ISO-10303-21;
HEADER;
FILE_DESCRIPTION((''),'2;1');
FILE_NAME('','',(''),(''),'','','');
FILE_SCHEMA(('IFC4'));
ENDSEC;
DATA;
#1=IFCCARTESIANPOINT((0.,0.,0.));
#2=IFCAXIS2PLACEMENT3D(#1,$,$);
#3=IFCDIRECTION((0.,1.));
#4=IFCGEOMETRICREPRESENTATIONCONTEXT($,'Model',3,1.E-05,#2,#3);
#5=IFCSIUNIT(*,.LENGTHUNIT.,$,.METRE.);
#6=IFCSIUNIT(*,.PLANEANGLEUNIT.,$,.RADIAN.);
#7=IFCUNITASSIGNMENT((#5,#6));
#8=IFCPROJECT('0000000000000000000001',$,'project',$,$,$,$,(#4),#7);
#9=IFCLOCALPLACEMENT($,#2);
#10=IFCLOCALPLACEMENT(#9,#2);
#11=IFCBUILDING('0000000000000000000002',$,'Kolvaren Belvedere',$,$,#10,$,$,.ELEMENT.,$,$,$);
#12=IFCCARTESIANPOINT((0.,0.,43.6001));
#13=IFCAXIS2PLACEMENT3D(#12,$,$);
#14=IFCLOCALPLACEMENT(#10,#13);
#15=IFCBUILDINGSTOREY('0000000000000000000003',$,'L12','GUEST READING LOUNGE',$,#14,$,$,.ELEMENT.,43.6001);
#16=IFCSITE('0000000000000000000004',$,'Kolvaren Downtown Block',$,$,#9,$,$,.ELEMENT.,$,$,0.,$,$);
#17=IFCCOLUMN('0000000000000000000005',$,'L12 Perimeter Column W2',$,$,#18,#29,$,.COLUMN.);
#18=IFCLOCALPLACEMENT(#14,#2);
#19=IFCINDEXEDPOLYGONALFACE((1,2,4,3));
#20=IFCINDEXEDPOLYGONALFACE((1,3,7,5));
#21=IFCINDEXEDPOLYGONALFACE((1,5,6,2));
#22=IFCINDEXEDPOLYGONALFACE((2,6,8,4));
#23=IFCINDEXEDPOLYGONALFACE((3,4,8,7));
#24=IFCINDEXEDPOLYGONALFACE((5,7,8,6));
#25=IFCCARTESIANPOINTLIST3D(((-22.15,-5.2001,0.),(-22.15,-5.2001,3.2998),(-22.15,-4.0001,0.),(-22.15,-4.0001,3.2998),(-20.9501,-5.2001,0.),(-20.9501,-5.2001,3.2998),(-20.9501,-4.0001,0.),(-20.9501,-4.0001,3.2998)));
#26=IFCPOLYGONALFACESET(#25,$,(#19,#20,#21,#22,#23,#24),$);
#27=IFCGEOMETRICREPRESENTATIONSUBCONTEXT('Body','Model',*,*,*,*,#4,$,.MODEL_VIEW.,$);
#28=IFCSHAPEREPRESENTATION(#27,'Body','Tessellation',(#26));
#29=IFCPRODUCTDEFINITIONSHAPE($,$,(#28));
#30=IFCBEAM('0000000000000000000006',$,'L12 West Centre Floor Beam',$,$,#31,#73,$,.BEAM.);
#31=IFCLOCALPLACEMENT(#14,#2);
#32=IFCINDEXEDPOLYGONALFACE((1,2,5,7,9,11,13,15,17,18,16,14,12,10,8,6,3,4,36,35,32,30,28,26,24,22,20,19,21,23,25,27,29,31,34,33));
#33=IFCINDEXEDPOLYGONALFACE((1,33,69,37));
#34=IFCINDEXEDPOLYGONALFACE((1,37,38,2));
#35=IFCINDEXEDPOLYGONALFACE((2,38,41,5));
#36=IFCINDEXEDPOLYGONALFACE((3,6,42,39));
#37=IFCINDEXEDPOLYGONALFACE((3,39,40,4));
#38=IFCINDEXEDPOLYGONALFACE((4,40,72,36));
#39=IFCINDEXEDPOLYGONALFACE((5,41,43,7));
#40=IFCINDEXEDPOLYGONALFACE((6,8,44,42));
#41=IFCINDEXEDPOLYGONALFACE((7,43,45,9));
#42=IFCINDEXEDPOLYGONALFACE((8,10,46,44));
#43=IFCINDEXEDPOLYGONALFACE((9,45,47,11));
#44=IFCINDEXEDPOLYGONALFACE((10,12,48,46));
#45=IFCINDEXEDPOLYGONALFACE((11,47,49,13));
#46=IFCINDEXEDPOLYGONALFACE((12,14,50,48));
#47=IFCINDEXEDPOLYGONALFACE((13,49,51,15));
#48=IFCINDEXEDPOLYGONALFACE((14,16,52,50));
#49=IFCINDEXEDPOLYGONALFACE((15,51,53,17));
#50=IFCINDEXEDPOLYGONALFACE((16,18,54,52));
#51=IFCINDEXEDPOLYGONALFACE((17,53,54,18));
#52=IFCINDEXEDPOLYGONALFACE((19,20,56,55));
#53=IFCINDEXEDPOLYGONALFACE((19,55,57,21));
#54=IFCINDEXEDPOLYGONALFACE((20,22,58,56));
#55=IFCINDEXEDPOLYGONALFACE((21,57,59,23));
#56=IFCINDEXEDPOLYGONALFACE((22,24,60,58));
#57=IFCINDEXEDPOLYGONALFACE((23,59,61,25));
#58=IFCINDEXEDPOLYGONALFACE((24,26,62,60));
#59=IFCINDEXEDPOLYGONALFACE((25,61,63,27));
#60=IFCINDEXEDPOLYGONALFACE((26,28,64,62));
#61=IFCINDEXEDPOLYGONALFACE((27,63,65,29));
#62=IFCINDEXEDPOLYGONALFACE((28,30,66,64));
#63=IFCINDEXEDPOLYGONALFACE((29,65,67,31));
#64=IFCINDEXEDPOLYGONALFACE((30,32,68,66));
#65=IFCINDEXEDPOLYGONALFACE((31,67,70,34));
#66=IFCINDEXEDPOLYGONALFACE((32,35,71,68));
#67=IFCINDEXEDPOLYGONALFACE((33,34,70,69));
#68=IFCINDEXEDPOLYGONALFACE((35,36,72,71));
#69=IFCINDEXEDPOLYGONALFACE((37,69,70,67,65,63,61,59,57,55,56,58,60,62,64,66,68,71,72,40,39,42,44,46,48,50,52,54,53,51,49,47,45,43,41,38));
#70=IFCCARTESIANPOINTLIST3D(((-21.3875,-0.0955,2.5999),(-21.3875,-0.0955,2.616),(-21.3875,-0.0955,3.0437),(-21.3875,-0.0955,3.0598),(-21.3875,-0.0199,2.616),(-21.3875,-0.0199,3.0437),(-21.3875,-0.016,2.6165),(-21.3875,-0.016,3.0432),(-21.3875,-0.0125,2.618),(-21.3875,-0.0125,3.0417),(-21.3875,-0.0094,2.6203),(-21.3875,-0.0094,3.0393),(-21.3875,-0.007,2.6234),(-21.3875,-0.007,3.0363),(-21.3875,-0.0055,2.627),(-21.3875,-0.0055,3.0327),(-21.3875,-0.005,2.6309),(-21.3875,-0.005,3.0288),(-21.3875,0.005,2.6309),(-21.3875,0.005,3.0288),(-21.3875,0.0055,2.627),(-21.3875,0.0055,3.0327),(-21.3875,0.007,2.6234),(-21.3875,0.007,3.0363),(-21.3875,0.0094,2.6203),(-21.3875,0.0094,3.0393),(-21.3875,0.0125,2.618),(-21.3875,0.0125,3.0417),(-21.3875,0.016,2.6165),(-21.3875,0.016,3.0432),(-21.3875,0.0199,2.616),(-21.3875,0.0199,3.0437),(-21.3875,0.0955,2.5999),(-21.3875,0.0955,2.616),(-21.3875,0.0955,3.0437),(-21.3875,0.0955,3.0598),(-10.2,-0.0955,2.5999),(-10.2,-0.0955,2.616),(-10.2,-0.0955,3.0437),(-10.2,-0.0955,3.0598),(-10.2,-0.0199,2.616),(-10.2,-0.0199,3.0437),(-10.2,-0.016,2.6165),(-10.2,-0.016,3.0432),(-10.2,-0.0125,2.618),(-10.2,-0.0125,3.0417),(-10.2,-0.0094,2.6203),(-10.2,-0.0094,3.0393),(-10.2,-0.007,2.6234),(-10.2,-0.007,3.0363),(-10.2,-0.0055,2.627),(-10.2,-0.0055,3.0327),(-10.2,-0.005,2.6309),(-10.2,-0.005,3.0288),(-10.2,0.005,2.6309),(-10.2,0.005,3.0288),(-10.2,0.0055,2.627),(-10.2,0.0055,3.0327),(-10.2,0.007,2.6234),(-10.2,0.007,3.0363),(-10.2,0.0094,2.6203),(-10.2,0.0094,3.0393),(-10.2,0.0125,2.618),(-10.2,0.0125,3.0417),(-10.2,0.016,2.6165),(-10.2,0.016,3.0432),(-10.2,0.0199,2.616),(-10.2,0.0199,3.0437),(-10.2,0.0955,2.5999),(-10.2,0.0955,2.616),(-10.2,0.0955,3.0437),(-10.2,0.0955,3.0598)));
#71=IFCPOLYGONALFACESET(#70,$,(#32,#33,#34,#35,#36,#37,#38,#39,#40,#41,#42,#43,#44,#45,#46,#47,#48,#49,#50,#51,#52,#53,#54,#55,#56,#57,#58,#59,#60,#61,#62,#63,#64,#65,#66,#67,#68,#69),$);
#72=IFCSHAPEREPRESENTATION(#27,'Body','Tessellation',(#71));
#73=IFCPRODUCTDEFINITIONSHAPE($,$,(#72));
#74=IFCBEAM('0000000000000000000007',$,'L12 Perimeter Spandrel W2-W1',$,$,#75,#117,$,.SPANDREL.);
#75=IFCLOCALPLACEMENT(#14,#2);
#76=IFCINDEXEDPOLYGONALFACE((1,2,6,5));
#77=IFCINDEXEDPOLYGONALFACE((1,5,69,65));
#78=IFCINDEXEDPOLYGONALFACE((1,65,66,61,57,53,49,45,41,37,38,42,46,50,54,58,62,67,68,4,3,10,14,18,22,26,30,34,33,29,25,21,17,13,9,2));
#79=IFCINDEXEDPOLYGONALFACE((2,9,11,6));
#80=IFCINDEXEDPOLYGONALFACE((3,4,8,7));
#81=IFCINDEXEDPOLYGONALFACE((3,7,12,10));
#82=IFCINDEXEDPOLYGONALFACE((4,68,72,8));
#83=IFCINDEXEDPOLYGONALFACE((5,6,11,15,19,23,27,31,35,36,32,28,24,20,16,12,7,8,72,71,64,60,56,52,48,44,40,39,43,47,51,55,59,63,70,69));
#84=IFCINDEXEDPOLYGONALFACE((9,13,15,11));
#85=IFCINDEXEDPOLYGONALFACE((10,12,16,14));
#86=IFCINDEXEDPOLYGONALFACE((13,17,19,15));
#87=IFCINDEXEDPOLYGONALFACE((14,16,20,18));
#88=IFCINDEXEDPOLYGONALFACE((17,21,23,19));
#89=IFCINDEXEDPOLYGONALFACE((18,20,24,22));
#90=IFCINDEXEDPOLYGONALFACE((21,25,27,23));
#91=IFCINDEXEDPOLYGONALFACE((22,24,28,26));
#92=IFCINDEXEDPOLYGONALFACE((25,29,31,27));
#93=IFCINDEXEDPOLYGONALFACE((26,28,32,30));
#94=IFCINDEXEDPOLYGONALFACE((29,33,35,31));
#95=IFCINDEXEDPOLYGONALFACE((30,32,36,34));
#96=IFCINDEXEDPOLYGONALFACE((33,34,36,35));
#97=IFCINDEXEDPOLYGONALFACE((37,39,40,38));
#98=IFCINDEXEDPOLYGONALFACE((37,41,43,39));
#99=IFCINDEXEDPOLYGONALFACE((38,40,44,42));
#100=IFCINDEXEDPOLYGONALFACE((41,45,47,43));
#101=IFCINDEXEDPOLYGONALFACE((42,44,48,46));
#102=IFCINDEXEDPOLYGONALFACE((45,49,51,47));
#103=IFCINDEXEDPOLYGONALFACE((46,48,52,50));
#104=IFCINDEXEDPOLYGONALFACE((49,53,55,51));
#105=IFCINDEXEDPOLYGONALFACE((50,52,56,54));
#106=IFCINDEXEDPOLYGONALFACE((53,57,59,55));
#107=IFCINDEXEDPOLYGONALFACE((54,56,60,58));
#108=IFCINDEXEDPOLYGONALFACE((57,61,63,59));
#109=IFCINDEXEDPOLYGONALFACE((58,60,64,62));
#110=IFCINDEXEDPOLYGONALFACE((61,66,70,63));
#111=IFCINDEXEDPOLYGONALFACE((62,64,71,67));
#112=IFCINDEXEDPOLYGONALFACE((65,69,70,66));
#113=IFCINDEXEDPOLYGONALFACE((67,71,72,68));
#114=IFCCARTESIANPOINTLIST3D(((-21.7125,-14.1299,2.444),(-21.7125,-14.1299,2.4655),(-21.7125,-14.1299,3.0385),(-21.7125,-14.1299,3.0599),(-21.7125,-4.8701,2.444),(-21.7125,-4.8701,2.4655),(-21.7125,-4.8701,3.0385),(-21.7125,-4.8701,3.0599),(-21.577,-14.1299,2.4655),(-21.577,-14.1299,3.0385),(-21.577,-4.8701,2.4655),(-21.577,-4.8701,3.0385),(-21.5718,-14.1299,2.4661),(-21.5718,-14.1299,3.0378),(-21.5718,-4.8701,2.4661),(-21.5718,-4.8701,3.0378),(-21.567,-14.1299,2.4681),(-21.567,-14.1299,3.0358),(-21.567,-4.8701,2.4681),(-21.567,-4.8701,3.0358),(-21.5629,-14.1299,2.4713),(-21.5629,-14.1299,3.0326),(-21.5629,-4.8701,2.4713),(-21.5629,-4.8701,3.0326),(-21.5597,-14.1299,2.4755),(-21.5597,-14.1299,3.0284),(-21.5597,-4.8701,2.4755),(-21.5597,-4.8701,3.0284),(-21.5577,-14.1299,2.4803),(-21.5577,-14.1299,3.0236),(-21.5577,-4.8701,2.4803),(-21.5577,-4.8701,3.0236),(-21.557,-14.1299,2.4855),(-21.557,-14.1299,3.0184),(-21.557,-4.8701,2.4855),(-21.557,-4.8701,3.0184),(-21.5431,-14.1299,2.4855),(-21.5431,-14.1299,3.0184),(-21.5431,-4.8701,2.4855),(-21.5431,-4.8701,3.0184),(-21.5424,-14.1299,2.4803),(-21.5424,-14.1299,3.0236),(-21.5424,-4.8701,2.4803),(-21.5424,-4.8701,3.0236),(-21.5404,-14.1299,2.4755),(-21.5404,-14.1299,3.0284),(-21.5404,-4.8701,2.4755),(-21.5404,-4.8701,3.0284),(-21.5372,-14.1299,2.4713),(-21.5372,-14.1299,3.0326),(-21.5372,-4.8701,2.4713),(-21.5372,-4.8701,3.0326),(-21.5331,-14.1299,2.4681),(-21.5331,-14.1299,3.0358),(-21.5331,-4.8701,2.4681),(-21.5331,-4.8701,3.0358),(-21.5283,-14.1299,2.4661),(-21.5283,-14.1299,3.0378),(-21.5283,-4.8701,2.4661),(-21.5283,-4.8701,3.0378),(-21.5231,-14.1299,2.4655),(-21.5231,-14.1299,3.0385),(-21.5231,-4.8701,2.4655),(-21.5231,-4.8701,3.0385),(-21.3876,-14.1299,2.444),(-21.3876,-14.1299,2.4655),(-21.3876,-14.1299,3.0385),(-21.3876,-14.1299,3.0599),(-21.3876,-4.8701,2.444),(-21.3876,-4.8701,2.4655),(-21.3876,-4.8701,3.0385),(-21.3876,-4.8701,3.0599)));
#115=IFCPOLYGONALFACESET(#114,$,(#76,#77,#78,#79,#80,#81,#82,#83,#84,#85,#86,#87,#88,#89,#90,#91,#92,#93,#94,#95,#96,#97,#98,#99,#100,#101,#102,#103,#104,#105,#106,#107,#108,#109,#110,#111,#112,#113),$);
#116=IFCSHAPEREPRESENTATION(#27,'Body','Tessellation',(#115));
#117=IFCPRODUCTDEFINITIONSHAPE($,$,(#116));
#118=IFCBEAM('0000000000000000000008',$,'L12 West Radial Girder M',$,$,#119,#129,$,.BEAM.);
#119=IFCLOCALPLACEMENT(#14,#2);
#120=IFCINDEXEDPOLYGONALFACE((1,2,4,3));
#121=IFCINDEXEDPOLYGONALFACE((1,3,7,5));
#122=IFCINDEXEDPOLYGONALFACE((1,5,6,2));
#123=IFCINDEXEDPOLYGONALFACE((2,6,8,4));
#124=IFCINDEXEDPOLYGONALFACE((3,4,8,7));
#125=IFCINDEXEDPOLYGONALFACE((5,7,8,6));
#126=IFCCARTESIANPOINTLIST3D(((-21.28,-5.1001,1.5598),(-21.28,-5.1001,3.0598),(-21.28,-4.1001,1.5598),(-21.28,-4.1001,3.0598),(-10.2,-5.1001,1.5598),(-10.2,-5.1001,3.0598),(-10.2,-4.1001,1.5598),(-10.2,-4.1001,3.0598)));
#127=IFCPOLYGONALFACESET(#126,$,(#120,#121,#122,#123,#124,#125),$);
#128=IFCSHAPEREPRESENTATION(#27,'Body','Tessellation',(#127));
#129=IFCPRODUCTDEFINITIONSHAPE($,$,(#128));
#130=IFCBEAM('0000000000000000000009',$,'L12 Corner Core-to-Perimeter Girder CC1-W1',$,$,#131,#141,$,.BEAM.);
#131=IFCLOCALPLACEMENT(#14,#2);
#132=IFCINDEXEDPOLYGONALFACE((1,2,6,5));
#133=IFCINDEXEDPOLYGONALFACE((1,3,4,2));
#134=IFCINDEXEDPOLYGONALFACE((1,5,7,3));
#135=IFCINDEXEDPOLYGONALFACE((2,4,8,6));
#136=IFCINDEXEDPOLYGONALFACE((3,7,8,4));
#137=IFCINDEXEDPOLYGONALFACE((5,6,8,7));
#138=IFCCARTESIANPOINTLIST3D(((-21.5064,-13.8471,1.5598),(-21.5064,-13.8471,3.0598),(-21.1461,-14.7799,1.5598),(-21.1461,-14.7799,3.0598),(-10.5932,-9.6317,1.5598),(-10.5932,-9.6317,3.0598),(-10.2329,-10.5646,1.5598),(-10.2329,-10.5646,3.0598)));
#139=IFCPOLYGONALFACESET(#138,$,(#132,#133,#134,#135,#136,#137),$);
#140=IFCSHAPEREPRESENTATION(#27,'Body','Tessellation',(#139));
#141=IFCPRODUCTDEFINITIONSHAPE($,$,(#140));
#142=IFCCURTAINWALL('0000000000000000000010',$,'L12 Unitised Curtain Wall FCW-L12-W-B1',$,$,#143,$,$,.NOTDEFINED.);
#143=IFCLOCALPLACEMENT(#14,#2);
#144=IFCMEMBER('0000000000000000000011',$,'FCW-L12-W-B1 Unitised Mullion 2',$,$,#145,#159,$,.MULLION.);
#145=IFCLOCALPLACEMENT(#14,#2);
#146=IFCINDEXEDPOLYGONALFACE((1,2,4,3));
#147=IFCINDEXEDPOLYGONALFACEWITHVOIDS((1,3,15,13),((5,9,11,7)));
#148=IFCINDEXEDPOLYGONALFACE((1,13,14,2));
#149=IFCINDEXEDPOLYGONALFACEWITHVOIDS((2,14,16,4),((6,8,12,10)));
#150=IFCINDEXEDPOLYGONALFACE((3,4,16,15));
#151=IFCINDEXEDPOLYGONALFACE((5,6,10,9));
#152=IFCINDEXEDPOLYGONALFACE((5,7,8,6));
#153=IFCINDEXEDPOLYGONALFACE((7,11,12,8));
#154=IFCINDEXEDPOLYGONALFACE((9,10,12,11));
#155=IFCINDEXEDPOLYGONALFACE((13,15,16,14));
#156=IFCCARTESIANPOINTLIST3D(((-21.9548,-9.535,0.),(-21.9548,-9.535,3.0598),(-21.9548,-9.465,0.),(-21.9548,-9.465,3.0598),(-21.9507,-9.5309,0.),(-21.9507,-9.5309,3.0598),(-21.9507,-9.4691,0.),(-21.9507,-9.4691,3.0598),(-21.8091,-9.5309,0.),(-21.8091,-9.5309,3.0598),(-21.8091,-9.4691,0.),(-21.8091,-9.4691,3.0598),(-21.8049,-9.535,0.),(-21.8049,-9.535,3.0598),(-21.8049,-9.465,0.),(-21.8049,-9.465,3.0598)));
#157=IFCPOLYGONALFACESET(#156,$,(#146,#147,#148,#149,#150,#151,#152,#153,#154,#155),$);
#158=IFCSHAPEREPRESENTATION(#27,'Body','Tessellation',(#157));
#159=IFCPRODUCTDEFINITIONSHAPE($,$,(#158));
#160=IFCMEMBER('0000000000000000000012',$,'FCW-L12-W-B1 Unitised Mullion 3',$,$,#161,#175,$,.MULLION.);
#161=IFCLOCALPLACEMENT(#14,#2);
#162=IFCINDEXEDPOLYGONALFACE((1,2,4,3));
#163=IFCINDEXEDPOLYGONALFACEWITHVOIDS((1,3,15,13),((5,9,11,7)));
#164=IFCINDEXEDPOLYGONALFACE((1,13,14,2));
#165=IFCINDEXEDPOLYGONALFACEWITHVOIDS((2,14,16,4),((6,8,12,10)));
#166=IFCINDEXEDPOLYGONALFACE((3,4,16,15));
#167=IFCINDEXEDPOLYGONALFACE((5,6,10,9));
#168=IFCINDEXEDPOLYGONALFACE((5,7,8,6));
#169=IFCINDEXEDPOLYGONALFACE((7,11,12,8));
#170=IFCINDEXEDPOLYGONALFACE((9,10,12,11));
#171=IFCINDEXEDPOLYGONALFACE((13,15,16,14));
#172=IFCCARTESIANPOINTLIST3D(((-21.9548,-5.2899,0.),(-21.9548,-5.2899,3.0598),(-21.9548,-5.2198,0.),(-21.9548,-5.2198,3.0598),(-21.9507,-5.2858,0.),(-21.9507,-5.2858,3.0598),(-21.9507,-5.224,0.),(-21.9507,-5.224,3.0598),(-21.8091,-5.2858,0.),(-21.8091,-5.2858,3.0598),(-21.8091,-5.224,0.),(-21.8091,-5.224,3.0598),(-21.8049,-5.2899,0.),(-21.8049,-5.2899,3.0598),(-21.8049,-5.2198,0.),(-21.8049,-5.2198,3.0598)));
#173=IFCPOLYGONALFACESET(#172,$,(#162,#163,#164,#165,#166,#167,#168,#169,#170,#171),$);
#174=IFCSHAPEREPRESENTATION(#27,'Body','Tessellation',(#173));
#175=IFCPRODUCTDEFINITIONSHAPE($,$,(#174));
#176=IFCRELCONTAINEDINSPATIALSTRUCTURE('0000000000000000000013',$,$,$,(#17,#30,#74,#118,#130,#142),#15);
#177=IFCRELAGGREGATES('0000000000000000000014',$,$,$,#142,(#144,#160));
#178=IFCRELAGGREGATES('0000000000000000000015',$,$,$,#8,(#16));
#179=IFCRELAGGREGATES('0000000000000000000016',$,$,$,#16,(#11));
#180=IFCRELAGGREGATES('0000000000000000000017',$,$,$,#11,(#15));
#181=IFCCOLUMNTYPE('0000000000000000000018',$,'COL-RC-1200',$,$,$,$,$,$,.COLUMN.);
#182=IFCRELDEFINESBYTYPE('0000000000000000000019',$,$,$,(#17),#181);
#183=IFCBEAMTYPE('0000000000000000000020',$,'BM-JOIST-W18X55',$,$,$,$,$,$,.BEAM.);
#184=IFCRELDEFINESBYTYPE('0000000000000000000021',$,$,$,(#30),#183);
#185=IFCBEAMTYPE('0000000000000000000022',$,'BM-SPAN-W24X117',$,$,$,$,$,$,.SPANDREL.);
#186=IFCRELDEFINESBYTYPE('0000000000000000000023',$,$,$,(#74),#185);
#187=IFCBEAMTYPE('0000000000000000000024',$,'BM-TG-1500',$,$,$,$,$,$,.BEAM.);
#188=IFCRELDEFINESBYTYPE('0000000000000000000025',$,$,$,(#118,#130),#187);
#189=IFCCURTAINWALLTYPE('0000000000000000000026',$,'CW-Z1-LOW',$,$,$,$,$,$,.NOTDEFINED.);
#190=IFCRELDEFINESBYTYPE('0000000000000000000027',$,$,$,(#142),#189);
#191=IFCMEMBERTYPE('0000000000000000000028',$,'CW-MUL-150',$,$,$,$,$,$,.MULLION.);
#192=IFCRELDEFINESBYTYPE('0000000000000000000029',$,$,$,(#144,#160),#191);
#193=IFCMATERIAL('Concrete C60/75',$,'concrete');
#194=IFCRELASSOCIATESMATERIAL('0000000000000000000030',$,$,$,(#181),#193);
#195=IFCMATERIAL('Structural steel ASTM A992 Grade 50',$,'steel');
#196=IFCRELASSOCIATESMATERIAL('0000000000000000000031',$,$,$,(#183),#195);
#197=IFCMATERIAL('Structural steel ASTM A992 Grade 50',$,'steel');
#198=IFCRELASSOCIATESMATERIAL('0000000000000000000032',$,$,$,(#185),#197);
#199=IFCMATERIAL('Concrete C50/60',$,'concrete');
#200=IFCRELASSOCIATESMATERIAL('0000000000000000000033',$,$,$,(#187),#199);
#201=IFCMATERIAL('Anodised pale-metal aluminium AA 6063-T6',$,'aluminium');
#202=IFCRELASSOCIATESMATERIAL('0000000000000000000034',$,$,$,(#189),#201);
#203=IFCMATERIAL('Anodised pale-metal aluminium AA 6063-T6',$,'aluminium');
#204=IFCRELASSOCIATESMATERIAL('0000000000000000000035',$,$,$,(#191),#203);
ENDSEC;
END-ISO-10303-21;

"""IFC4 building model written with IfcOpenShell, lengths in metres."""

from ifc_helpers import new_model, si_unit, direction, frame, origin, origin_2d, place, context, subcontext, project, spatial, rectangle, hollow_rectangle, i_section, extrude, material, material_profile, profile_set, type_object, element, aggregate, save


model = new_model("IFC4")

# Units and contexts
model_context = context("Model", 3, precision=1e-05, world=origin(), true_north=direction((0.0, 1.0)))
body_context = subcontext(model_context, "Body", "Model", "MODEL_VIEW")
ifc_project = project(units=[si_unit("LENGTHUNIT", "METRE"), si_unit("PLANEANGLEUNIT", "RADIAN")], contexts=[model_context])

# Site, building, storey
site_placement = place(None, origin())
site = spatial("IfcSite", under=ifc_project, at=site_placement, Name="Kolvaren Downtown Block", CompositionType="ELEMENT", RefElevation=0.0)
building_placement = place(site_placement, origin())
building = spatial("IfcBuilding", under=site, at=building_placement, Name="Kolvaren Belvedere", CompositionType="ELEMENT")
storey_placement = place(building_placement, frame((0.0, 0.0, 43.6001)))
storey = spatial("IfcBuildingStorey", under=building, at=storey_placement, Name="L12", Description="GUEST READING LOUNGE", CompositionType="ELEMENT", Elevation=43.6001)

# Column
ifc_material_1 = material(Name="Concrete C60/75", Category="concrete")
ifc_material_profile_1 = material_profile(ifc_material_1, rectangle(XDim=1.2, YDim=1.2, at=origin_2d()), Name="RC 1200X1200")
ifc_profile_set_1 = profile_set([ifc_material_profile_1], Name="Concrete C60/75")
column_type = type_object("IfcColumnType", Name="COL-RC-1200", PredefinedType="COLUMN", material=ifc_profile_set_1)
column_placement = place(storey_placement, frame((-21.55, -4.6001, 0.0), z_axis=(0.0, 0.0, 1.0), x_axis=(1.0, 0.0, 0.0)))
element("IfcColumn", 1, at=column_placement, inside=storey, type_object=column_type, Name="L12 Perimeter Column W2", PredefinedType="COLUMN", context=body_context, shape_type="SweptSolid", body=[
    extrude(rectangle(XDim=1.2, YDim=1.2, at=origin_2d()), origin(), (0.0, 0.0, 1.0), 3.2998),
])

# Beams
ifc_material_2 = material(Name="Structural steel ASTM A992 Grade 50", Category="steel")
ifc_material_profile_2 = material_profile(ifc_material_2, i_section(OverallWidth=0.1909, OverallDepth=0.46, WebThickness=0.01, FlangeThickness=0.0161, FilletRadius=0.0149, at=origin_2d()), Name="W18X55")
ifc_profile_set_2 = profile_set([ifc_material_profile_2], Name="Structural steel ASTM A992 Grade 50")
beam_type_1 = type_object("IfcBeamType", Name="BM-JOIST-W18X55", PredefinedType="BEAM", material=ifc_profile_set_2)
beam_1_placement = place(storey_placement, frame((-10.2, 0.0, 2.8298), z_axis=(-1.0, 0.0, 0.0), x_axis=(0.0, -1.0, 0.0)))
element("IfcBeam", 2, at=beam_1_placement, inside=storey, type_object=beam_type_1, Name="L12 West Centre Floor Beam", PredefinedType="BEAM", context=body_context, shape_type="SweptSolid", body=[
    extrude(i_section(OverallWidth=0.1909, OverallDepth=0.46, WebThickness=0.01, FlangeThickness=0.0161, FilletRadius=0.0149, at=origin_2d()), origin(), (0.0, 0.0, 1.0), 11.1875),
])
ifc_material_3 = material(Name="Structural steel ASTM A992 Grade 50", Category="steel")
ifc_material_profile_3 = material_profile(ifc_material_3, i_section(OverallWidth=0.325, OverallDepth=0.616, WebThickness=0.0139, FlangeThickness=0.0215, FilletRadius=0.02, at=origin_2d()), Name="W24X117")
ifc_profile_set_3 = profile_set([ifc_material_profile_3], Name="Structural steel ASTM A992 Grade 50")
beam_type_2 = type_object("IfcBeamType", Name="BM-SPAN-W24X117", PredefinedType="SPANDREL", material=ifc_profile_set_3)
beam_2_placement = place(storey_placement, frame((-21.55, -4.8701, 2.752), z_axis=(0.0, -1.0, 0.0), x_axis=(1.0, 0.0, 0.0)))
element("IfcBeam", 3, at=beam_2_placement, inside=storey, type_object=beam_type_2, Name="L12 Perimeter Spandrel W2-W1", PredefinedType="SPANDREL", context=body_context, shape_type="SweptSolid", body=[
    extrude(i_section(OverallWidth=0.325, OverallDepth=0.616, WebThickness=0.0139, FlangeThickness=0.0215, FilletRadius=0.02, at=origin_2d()), origin(), (0.0, 0.0, 1.0), 9.2598),
])
ifc_material_4 = material(Name="Concrete C50/60", Category="concrete")
ifc_material_profile_4 = material_profile(ifc_material_4, rectangle(XDim=1.0, YDim=1.5, at=origin_2d()), Name="RC 1000X1500")
ifc_profile_set_4 = profile_set([ifc_material_profile_4], Name="Concrete C50/60")
beam_type_3 = type_object("IfcBeamType", Name="BM-TG-1500", PredefinedType="BEAM", material=ifc_profile_set_4)
beam_3_placement = place(storey_placement, frame((-10.2, -4.6001, 2.3098), z_axis=(-1.0, 0.0, 0.0), x_axis=(0.0, -1.0, 0.0)))
element("IfcBeam", 4, at=beam_3_placement, inside=storey, type_object=beam_type_3, Name="L12 West Radial Girder M", PredefinedType="BEAM", context=body_context, shape_type="SweptSolid", body=[
    extrude(rectangle(XDim=1.0, YDim=1.5, at=origin_2d()), origin(), (0.0, 0.0, 1.0), 11.0801),
])
beam_4_placement = place(storey_placement, frame((-10.4131, -10.0981, 2.3098), z_axis=(-0.932829, -0.360318, 0.0), x_axis=(0.360318, -0.932829, 0.0)))
element("IfcBeam", 5, at=beam_4_placement, inside=storey, type_object=beam_type_3, Name="L12 Corner Core-to-Perimeter Girder CC1-W1", PredefinedType="BEAM", context=body_context, shape_type="SweptSolid", body=[
    extrude(rectangle(XDim=1.0, YDim=1.5, at=origin_2d()), origin(), (0.0, 0.0, 1.0), 11.699),
])

# Curtain wall, members
ifc_material_5 = material(Name="Anodised pale-metal aluminium AA 6063-T6", Category="aluminium")
curtain_wall_type = type_object("IfcCurtainWallType", Name="CW-Z1-LOW", PredefinedType="NOTDEFINED", material=ifc_material_5)
curtain_wall_1_placement = place(storey_placement, origin())
curtain_wall_1 = element("IfcCurtainWall", 6, at=curtain_wall_1_placement, inside=storey, type_object=curtain_wall_type, Name="L12 Unitised Curtain Wall FCW-L12-W-B1", PredefinedType="NOTDEFINED")
ifc_material_6 = material(Name="Anodised pale-metal aluminium AA 6063-T6", Category="aluminium")
ifc_material_profile_5 = material_profile(ifc_material_6, hollow_rectangle(XDim=0.0701, YDim=0.1499, WallThickness=0.0042, at=origin_2d()), Name="ALU-MUL-150X70")
ifc_profile_set_5 = profile_set([ifc_material_profile_5], Name="Anodised pale-metal aluminium AA 6063-T6")
member_type_1 = type_object("IfcMemberType", Name="CW-MUL-150", PredefinedType="MULLION", material=ifc_profile_set_5)
member_1_placement = place(storey_placement, frame((-21.8799, -9.5, 0.0), z_axis=(0.0, 0.0, 1.0), x_axis=(0.0, 1.0, 0.0)))
member_1 = element("IfcMember", 7, at=member_1_placement, type_object=member_type_1, Name="FCW-L12-W-B1 Unitised Mullion 2", PredefinedType="MULLION", context=body_context, shape_type="SweptSolid", body=[
    extrude(hollow_rectangle(XDim=0.0701, YDim=0.1499, WallThickness=0.0042, at=origin_2d()), origin(), (0.0, 0.0, 1.0), 3.0598),
])
member_2_placement = place(storey_placement, frame((-21.8799, -5.2549, 0.0), z_axis=(0.0, 0.0, 1.0), x_axis=(0.0, 1.0, 0.0)))
member_2 = element("IfcMember", 8, at=member_2_placement, type_object=member_type_1, Name="FCW-L12-W-B1 Unitised Mullion 3", PredefinedType="MULLION", context=body_context, shape_type="SweptSolid", body=[
    extrude(hollow_rectangle(XDim=0.0701, YDim=0.1499, WallThickness=0.0042, at=origin_2d()), origin(), (0.0, 0.0, 1.0), 3.0598),
])

aggregate(curtain_wall_1, [member_1, member_2])

save(model, "model.ifc")
